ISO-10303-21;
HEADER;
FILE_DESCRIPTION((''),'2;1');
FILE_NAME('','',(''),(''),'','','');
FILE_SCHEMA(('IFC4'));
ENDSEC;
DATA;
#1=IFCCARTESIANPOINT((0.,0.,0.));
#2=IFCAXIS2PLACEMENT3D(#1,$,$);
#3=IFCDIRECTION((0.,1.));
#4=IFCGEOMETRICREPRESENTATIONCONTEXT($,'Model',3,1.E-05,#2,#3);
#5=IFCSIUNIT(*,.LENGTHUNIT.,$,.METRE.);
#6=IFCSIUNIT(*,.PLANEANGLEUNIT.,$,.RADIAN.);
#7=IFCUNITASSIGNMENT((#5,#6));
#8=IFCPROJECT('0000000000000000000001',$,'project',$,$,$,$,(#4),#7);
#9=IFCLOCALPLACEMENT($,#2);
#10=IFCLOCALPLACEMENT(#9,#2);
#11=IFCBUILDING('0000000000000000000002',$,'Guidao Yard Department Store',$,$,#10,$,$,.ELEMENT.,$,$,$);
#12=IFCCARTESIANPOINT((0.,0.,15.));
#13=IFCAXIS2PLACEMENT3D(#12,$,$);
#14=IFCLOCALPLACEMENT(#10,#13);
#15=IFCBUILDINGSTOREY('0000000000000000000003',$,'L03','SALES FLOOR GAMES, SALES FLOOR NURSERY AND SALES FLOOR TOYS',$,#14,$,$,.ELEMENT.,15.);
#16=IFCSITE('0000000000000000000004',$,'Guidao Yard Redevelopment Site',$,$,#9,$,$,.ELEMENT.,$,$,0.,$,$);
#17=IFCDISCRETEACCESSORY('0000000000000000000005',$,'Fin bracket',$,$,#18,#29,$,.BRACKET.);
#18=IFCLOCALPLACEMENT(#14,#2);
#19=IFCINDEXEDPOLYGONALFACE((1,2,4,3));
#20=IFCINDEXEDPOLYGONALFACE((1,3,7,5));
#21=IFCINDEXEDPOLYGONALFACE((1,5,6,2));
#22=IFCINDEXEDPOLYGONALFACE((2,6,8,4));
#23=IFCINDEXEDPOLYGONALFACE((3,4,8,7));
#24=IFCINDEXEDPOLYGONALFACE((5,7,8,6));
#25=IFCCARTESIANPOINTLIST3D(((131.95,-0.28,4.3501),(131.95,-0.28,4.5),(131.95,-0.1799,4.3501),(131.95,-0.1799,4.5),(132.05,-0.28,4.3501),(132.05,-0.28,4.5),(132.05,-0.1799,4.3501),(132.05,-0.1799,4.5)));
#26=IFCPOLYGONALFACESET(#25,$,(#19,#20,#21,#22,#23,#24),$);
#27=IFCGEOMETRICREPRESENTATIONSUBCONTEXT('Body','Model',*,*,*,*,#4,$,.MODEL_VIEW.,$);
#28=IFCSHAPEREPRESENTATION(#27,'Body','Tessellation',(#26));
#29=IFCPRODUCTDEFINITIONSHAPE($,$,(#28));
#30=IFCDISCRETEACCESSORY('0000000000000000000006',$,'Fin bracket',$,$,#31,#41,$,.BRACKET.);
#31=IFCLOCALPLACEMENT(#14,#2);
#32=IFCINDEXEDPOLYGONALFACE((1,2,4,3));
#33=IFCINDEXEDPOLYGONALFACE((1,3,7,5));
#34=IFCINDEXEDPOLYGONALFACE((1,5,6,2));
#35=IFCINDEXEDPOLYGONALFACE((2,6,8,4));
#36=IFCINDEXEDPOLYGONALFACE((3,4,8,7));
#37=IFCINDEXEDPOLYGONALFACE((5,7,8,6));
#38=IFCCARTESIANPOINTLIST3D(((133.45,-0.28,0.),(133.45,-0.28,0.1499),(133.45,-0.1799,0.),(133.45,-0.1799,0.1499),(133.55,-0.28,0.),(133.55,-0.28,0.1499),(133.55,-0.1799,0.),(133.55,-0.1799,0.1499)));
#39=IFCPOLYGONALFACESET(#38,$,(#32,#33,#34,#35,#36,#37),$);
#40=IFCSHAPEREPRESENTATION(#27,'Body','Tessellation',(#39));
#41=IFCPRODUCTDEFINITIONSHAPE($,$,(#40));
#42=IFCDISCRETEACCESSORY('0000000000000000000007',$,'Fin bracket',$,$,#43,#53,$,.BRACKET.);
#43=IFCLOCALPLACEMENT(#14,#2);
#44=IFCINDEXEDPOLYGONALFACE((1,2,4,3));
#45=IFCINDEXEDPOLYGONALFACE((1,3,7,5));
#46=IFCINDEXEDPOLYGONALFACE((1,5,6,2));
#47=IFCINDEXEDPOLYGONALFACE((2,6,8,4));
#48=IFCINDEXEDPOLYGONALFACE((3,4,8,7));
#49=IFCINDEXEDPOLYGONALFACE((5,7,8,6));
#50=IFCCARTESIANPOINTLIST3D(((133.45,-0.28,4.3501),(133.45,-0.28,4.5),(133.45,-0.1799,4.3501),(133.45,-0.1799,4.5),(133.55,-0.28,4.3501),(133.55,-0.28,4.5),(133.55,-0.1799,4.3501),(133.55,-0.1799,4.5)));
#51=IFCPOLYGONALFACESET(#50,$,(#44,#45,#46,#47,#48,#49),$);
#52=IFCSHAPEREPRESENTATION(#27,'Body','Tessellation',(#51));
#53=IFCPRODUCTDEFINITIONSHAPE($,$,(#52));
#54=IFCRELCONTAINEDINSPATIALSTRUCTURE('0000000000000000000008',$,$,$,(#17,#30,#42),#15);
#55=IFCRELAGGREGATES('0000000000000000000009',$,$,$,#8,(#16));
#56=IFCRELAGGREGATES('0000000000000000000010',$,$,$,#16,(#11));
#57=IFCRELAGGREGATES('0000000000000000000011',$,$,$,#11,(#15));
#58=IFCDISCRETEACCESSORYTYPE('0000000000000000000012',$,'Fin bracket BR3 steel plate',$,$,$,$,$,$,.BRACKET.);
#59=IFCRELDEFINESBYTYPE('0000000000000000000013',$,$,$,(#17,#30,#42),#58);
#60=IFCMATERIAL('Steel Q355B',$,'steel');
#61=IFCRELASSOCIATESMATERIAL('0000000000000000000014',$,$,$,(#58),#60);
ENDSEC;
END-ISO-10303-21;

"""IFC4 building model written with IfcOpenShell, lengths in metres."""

from ifc_helpers import new_model, si_unit, direction, frame, origin, origin_2d, place, context, subcontext, project, spatial, rectangle, extrude, material, type_object, element, save


model = new_model("IFC4")

# Units and contexts
model_context = context("Model", 3, precision=1e-05, world=origin(), true_north=direction((0.0, 1.0)))
body_context = subcontext(model_context, "Body", "Model", "MODEL_VIEW")
ifc_project = project(units=[si_unit("LENGTHUNIT", "METRE"), si_unit("PLANEANGLEUNIT", "RADIAN")], contexts=[model_context])

# Site, building, storey
site_placement = place(None, origin())
site = spatial("IfcSite", under=ifc_project, at=site_placement, Name="Guidao Yard Redevelopment Site", CompositionType="ELEMENT", RefElevation=0.0)
building_placement = place(site_placement, origin())
building = spatial("IfcBuilding", under=site, at=building_placement, Name="Guidao Yard Department Store", CompositionType="ELEMENT")
storey_placement = place(building_placement, frame((0.0, 0.0, 15.0)))
storey = spatial("IfcBuildingStorey", under=building, at=storey_placement, Name="L03", Description="SALES FLOOR GAMES, SALES FLOOR NURSERY AND SALES FLOOR TOYS", CompositionType="ELEMENT", Elevation=15.0)

# Discrete accessories
ifc_material_1 = material(Name="Steel Q355B", Category="steel")
discrete_accessory_type = type_object("IfcDiscreteAccessoryType", Name="Fin bracket BR3 steel plate", PredefinedType="BRACKET", material=ifc_material_1)
for number, where, z_axis, x_axis, name in (
    (1, (132.0, -0.23, 4.3501), (0.0, 0.0, 1.0), (-1.0, 0.0, 0.0), "Fin bracket"),
    (2, (133.5, -0.23, 0.0), (0.0, 0.0, 1.0), (-1.0, 0.0, 0.0), "Fin bracket"),
    (3, (133.5, -0.23, 4.3501), (0.0, 0.0, 1.0), (-1.0, 0.0, 0.0), "Fin bracket"),
):
    element("IfcDiscreteAccessory", number, at=place(storey_placement, frame(where, z_axis=z_axis, x_axis=x_axis)), inside=storey, type_object=discrete_accessory_type, Name=name, PredefinedType="BRACKET", context=body_context, shape_type="SweptSolid", body=[
        extrude(rectangle(XDim=0.1001, YDim=0.1001, at=origin_2d()), origin(), (0.0, 0.0, 1.0), 0.1499),
    ])

save(model, "model.ifc")
